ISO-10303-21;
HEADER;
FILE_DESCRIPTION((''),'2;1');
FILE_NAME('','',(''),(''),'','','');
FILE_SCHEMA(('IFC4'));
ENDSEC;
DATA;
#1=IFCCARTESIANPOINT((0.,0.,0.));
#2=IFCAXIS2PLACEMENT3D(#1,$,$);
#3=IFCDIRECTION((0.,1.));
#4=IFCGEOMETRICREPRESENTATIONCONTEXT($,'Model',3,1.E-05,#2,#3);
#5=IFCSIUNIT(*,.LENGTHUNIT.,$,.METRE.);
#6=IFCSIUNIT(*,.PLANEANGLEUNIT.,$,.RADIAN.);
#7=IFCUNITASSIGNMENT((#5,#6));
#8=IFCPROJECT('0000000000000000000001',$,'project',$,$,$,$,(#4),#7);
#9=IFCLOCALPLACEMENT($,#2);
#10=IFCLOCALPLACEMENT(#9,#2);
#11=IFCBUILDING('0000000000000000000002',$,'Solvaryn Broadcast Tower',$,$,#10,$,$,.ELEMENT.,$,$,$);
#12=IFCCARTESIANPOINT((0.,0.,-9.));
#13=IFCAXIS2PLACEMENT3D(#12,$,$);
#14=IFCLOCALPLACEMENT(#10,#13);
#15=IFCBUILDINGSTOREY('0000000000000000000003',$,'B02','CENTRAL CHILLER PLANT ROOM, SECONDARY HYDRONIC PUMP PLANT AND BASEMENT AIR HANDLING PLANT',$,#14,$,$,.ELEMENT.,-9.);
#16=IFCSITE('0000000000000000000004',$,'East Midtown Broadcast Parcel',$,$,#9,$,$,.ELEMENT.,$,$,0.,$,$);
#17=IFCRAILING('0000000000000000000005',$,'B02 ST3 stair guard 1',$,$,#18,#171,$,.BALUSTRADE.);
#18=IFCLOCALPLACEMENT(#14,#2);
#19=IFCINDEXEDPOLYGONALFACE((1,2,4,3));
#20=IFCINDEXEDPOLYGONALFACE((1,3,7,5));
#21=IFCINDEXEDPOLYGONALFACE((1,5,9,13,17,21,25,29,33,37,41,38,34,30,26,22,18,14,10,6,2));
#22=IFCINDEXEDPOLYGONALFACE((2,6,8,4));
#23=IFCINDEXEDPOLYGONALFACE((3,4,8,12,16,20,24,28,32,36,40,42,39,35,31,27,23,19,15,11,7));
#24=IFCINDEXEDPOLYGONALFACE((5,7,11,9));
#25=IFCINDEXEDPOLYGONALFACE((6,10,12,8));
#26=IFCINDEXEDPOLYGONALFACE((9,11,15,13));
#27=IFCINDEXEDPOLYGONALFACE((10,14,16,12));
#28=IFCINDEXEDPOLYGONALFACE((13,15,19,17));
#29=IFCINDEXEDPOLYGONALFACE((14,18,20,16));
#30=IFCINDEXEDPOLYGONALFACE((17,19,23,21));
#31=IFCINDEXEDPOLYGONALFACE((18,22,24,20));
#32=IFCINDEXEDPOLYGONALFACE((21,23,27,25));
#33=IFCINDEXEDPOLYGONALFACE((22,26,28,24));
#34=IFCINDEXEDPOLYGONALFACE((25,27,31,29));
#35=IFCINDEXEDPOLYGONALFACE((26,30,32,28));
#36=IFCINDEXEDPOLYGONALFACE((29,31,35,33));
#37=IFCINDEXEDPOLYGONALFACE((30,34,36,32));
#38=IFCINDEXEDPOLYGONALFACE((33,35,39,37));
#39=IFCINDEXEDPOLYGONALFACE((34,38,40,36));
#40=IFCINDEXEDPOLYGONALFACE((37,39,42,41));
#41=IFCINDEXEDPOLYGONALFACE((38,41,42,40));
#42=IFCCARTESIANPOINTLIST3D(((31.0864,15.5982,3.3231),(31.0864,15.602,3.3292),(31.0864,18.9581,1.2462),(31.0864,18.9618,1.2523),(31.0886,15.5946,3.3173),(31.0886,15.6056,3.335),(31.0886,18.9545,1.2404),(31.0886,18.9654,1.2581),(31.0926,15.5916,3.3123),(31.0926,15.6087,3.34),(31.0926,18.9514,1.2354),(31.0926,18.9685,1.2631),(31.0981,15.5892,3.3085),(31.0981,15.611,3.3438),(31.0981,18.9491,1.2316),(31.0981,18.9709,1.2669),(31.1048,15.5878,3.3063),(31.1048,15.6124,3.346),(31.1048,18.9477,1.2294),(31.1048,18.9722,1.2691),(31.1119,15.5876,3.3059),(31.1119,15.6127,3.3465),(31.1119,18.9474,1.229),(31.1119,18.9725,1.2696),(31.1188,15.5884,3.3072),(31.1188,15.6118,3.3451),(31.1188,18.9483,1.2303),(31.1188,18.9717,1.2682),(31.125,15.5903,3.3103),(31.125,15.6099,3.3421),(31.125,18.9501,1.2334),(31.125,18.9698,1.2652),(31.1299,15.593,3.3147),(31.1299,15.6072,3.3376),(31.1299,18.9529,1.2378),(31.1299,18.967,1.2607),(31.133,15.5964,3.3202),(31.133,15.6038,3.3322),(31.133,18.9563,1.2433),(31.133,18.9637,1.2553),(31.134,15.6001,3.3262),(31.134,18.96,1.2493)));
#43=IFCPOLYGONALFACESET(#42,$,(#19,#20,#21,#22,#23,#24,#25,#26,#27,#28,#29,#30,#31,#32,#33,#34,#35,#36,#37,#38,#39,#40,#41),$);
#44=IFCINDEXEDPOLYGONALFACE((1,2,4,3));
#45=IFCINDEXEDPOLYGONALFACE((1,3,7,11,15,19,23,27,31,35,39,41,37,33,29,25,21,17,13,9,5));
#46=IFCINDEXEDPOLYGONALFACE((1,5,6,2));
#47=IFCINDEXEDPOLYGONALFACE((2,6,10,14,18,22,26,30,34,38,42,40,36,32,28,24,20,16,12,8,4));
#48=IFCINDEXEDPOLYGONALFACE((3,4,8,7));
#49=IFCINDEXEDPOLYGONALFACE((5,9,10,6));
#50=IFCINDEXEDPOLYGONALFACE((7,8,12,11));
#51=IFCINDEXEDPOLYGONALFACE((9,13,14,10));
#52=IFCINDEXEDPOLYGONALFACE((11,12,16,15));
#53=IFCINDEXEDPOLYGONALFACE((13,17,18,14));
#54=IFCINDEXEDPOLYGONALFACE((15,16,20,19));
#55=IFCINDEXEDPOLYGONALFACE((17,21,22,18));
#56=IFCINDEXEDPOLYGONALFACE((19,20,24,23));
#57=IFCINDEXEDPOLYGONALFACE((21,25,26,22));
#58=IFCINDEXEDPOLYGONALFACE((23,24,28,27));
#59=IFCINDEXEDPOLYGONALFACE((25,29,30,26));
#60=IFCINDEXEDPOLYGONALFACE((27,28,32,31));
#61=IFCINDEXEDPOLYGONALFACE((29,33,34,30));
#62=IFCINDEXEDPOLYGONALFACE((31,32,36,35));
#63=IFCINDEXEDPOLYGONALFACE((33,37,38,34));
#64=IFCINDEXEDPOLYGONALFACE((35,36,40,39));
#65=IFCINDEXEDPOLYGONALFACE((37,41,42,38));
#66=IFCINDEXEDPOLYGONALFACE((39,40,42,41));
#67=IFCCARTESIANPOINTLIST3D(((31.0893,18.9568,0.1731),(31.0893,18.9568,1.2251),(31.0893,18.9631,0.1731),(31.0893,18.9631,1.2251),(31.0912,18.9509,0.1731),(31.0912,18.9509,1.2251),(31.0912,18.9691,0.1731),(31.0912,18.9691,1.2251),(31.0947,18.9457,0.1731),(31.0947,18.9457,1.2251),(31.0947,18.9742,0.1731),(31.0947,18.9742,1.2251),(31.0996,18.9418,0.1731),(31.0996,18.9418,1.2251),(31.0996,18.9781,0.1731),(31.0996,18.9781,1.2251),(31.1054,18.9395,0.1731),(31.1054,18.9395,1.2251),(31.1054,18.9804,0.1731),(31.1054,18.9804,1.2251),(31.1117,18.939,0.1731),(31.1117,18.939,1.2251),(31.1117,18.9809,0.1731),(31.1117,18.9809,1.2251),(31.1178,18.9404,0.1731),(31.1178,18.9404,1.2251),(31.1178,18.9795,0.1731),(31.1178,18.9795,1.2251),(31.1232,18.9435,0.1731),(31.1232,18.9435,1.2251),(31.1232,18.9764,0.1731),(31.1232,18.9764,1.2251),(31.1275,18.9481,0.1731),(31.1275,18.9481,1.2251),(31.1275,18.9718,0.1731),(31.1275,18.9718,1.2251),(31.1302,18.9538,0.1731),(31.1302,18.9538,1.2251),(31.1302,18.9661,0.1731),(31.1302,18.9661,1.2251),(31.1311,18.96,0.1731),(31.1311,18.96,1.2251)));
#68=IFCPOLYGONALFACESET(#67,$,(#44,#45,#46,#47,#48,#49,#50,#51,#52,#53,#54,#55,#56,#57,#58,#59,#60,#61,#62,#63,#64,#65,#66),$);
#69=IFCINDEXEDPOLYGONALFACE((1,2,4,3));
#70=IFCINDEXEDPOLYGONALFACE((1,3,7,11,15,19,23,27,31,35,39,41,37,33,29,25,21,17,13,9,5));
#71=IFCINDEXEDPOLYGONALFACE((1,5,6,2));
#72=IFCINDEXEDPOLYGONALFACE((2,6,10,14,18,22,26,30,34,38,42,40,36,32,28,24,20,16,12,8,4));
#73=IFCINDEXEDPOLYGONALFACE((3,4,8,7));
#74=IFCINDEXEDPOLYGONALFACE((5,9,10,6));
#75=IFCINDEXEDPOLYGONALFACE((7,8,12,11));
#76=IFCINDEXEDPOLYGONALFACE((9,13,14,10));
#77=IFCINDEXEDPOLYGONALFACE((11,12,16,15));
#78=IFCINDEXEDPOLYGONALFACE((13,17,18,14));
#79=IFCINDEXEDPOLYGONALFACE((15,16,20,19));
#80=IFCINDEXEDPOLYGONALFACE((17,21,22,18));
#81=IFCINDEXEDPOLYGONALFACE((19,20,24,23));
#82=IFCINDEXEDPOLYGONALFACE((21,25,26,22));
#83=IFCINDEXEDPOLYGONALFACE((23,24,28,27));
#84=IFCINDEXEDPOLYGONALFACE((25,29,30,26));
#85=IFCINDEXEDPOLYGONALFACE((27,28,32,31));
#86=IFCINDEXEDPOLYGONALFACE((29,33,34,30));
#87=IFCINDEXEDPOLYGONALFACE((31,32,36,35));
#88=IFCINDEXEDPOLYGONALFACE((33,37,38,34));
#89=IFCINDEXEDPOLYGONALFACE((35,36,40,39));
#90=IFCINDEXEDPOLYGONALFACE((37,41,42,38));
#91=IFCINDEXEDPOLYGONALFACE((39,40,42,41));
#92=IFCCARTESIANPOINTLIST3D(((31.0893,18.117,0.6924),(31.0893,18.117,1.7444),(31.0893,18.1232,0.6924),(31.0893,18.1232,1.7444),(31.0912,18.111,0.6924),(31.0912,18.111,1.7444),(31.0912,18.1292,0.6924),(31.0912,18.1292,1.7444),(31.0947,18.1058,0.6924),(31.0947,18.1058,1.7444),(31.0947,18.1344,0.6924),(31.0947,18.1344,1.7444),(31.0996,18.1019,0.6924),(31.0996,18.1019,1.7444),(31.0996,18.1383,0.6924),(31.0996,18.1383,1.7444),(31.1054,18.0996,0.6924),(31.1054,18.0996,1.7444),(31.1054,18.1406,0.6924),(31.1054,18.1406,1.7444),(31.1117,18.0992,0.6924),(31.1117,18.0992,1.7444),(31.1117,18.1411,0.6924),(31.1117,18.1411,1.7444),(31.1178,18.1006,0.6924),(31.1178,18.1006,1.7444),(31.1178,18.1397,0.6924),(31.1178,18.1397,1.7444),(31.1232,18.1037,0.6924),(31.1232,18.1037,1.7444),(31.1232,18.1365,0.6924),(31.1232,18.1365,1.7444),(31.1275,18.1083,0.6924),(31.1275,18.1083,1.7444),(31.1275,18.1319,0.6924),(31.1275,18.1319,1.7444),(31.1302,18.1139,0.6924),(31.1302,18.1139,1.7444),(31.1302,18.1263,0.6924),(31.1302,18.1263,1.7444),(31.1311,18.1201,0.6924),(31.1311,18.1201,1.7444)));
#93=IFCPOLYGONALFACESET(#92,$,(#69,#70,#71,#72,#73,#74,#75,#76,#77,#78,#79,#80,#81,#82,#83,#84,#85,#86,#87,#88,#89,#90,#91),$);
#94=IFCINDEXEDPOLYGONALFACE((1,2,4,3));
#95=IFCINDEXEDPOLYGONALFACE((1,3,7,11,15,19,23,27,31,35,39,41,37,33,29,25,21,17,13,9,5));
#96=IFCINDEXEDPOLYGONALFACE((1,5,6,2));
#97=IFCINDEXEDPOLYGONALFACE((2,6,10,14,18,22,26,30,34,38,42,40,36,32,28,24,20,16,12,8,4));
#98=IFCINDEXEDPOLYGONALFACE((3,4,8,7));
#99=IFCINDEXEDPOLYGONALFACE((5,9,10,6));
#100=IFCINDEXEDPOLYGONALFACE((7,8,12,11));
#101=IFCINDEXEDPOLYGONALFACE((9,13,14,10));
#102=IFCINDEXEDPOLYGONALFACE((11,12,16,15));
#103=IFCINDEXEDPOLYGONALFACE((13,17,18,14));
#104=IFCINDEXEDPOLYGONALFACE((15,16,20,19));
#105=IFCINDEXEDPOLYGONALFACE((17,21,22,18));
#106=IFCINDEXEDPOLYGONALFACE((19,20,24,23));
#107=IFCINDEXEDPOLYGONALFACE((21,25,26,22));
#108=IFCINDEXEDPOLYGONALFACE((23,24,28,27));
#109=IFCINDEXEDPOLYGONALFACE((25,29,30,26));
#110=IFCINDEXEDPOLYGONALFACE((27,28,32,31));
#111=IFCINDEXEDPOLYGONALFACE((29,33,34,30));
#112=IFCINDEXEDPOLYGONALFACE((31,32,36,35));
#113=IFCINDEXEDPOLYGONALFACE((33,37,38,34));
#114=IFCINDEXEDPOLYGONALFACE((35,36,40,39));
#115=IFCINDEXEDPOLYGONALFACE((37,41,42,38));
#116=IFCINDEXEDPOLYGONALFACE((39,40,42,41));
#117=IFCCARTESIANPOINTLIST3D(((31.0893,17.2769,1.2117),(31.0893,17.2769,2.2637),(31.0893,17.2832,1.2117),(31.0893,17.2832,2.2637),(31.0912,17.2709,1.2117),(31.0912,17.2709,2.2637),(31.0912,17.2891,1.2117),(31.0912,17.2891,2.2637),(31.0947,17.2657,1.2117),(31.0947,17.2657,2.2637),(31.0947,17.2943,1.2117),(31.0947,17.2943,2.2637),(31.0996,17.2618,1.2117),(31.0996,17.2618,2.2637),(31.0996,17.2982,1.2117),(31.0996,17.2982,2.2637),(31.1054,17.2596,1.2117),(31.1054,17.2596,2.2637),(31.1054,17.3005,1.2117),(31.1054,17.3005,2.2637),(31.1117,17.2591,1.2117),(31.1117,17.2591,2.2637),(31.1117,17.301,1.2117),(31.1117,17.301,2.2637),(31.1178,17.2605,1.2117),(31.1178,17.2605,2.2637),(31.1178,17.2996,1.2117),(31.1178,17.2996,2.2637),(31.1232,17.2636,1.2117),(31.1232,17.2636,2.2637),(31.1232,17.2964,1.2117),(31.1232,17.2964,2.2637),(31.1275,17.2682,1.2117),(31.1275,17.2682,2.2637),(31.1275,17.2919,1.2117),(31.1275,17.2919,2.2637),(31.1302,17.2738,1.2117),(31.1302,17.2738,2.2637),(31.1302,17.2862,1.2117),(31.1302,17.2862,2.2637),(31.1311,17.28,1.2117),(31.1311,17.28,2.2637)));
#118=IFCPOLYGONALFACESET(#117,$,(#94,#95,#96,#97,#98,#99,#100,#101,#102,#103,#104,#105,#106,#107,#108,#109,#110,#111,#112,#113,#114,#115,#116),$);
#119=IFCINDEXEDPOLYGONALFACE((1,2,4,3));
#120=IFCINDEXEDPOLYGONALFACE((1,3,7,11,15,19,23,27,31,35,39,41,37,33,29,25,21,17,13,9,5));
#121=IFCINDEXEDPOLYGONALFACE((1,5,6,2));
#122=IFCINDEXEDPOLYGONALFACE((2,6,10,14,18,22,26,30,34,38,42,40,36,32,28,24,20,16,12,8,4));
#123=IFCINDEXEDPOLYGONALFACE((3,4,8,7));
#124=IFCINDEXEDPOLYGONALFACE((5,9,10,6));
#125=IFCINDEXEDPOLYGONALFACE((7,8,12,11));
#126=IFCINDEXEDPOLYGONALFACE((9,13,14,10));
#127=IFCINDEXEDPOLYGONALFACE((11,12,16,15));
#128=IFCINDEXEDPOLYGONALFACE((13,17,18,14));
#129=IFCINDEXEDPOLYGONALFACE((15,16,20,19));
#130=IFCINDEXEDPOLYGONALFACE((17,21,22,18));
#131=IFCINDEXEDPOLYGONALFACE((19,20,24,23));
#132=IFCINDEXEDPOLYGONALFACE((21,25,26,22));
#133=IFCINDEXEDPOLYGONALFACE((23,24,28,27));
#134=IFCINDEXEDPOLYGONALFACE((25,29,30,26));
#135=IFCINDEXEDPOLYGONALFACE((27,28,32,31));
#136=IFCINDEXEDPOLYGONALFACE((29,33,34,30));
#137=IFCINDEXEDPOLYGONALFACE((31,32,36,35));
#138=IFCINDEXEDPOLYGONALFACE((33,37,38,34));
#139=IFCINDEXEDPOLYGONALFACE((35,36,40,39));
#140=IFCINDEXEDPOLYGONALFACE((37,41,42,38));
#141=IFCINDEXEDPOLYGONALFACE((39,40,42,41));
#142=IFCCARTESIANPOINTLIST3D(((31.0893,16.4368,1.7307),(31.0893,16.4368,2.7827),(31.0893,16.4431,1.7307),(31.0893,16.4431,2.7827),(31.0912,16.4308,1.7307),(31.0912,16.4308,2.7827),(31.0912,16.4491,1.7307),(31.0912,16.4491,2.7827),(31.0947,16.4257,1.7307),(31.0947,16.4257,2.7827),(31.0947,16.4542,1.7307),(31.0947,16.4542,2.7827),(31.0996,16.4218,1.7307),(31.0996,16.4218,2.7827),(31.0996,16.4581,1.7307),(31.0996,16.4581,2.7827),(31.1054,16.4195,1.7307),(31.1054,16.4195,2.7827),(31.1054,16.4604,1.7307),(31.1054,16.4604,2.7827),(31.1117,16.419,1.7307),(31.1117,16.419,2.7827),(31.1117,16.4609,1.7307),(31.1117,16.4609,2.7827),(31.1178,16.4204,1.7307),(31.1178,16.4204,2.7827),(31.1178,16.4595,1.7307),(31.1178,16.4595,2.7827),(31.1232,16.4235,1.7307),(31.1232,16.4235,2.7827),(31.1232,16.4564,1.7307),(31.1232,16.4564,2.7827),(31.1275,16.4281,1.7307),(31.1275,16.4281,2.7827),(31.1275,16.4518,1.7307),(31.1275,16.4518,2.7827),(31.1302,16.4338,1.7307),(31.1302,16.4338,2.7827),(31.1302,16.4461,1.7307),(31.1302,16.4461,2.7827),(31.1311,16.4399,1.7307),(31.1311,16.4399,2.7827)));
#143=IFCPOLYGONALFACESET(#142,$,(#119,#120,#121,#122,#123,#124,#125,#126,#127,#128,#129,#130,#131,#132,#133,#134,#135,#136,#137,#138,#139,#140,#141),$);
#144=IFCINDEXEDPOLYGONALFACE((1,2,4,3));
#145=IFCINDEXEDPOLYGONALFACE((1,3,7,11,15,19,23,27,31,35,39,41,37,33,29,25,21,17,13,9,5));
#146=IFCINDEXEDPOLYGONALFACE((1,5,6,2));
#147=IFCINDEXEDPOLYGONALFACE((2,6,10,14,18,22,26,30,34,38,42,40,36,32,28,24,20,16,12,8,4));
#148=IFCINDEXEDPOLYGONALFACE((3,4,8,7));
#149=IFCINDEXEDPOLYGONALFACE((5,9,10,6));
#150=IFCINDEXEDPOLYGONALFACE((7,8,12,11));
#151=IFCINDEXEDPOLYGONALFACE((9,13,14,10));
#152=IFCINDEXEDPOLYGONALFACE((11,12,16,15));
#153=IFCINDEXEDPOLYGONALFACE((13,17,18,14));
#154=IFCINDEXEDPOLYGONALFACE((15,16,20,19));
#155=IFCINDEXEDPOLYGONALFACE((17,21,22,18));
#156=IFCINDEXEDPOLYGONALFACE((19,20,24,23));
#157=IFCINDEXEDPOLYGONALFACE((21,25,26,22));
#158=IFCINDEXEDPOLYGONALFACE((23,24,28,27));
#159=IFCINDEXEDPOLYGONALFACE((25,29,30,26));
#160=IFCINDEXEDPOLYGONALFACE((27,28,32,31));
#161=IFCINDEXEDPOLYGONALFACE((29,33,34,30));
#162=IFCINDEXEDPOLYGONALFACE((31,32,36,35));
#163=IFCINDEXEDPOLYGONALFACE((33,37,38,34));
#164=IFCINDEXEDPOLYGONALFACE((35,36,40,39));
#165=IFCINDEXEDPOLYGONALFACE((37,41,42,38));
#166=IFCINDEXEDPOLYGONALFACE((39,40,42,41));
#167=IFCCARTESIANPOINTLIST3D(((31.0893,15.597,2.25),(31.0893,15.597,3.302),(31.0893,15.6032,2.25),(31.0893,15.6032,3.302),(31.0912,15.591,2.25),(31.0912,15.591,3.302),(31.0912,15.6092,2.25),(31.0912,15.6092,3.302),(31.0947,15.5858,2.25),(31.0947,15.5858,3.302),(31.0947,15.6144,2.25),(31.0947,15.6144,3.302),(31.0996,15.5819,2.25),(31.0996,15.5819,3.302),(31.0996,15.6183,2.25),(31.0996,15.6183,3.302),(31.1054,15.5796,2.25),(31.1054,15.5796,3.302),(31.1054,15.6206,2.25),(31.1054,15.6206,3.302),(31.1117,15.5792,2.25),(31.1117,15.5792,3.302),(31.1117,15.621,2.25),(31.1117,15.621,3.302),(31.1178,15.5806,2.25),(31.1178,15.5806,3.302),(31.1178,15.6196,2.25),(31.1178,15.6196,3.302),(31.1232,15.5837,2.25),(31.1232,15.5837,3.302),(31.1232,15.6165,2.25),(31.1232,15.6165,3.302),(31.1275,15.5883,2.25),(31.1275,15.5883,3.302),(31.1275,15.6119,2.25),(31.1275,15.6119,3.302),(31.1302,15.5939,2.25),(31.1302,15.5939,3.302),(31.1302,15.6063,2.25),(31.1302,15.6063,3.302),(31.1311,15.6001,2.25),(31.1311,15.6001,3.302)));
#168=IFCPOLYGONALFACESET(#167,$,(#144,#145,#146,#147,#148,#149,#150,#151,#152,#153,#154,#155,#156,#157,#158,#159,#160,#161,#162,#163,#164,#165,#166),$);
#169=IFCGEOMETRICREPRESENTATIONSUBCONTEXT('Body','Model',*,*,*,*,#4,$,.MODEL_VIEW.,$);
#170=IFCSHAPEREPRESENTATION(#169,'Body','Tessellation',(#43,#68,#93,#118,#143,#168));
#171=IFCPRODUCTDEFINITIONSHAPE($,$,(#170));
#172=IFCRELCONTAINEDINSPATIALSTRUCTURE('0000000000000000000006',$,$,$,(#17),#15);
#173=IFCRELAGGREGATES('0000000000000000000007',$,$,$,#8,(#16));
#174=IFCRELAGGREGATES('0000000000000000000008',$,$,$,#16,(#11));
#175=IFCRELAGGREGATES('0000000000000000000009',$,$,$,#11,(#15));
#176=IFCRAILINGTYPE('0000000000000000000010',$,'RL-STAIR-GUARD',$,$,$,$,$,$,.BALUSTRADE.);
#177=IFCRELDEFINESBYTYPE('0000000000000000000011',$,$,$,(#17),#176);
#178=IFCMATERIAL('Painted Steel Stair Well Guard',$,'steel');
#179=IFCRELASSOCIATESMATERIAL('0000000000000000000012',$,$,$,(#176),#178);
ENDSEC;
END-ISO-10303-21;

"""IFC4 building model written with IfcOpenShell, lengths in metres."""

from ifc_helpers import new_model, si_unit, direction, frame, origin, origin_2d, place, context, subcontext, project, spatial, circle, extrude, material, type_object, element, save


model = new_model("IFC4")

# Units and contexts
model_context = context("Model", 3, precision=1e-05, world=origin(), true_north=direction((0.0, 1.0)))
body_context = subcontext(model_context, "Body", "Model", "MODEL_VIEW")
ifc_project = project(units=[si_unit("LENGTHUNIT", "METRE"), si_unit("PLANEANGLEUNIT", "RADIAN")], contexts=[model_context])

# Site, building, storey
site_placement = place(None, origin())
site = spatial("IfcSite", under=ifc_project, at=site_placement, Name="East Midtown Broadcast Parcel", CompositionType="ELEMENT", RefElevation=0.0)
building_placement = place(site_placement, origin())
building = spatial("IfcBuilding", under=site, at=building_placement, Name="Solvaryn Broadcast Tower", CompositionType="ELEMENT")
storey_placement = place(building_placement, frame((0.0, 0.0, -9.0)))
storey = spatial("IfcBuildingStorey", under=building, at=storey_placement, Name="B02", Description="CENTRAL CHILLER PLANT ROOM, SECONDARY HYDRONIC PUMP PLANT AND BASEMENT AIR HANDLING PLANT", CompositionType="ELEMENT", Elevation=-9.0)

# Railing
ifc_material_1 = material(Name="Painted Steel Stair Well Guard", Category="steel")
railing_type_1 = type_object("IfcRailingType", Name="RL-STAIR-GUARD", PredefinedType="BALUSTRADE", material=ifc_material_1)
railing_1_placement = place(storey_placement, frame((31.1101, 18.96, 0.1731)))
element("IfcRailing", 1, at=railing_1_placement, inside=storey, type_object=railing_type_1, Name="B02 ST3 stair guard 1", PredefinedType="BALUSTRADE", context=body_context, shape_type="SweptSolid", body=[
    extrude(circle(Radius=0.0239, at=origin_2d()), frame((0.0, 0.0, 1.0762), z_axis=(0.0, -0.850606, 0.525803), x_axis=(1.0, 0.0, 0.0)), (0.0, 0.0, 1.0), 3.95),
    extrude(circle(Radius=0.021, at=origin_2d()), origin(), (0.0, 0.0, 1.0), 1.052),
    extrude(circle(Radius=0.021, at=origin_2d()), frame((0.0, -0.8398, 0.5193)), (0.0, 0.0, 1.0), 1.052),
    extrude(circle(Radius=0.021, at=origin_2d()), frame((0.0, -1.6799, 1.0386)), (0.0, 0.0, 1.0), 1.052),
    extrude(circle(Radius=0.021, at=origin_2d()), frame((0.0, -2.52, 1.5576)), (0.0, 0.0, 1.0), 1.052),
    extrude(circle(Radius=0.021, at=origin_2d()), frame((0.0, -3.3599, 2.0769)), (0.0, 0.0, 1.0), 1.052),
])

save(model, "model.ifc")
